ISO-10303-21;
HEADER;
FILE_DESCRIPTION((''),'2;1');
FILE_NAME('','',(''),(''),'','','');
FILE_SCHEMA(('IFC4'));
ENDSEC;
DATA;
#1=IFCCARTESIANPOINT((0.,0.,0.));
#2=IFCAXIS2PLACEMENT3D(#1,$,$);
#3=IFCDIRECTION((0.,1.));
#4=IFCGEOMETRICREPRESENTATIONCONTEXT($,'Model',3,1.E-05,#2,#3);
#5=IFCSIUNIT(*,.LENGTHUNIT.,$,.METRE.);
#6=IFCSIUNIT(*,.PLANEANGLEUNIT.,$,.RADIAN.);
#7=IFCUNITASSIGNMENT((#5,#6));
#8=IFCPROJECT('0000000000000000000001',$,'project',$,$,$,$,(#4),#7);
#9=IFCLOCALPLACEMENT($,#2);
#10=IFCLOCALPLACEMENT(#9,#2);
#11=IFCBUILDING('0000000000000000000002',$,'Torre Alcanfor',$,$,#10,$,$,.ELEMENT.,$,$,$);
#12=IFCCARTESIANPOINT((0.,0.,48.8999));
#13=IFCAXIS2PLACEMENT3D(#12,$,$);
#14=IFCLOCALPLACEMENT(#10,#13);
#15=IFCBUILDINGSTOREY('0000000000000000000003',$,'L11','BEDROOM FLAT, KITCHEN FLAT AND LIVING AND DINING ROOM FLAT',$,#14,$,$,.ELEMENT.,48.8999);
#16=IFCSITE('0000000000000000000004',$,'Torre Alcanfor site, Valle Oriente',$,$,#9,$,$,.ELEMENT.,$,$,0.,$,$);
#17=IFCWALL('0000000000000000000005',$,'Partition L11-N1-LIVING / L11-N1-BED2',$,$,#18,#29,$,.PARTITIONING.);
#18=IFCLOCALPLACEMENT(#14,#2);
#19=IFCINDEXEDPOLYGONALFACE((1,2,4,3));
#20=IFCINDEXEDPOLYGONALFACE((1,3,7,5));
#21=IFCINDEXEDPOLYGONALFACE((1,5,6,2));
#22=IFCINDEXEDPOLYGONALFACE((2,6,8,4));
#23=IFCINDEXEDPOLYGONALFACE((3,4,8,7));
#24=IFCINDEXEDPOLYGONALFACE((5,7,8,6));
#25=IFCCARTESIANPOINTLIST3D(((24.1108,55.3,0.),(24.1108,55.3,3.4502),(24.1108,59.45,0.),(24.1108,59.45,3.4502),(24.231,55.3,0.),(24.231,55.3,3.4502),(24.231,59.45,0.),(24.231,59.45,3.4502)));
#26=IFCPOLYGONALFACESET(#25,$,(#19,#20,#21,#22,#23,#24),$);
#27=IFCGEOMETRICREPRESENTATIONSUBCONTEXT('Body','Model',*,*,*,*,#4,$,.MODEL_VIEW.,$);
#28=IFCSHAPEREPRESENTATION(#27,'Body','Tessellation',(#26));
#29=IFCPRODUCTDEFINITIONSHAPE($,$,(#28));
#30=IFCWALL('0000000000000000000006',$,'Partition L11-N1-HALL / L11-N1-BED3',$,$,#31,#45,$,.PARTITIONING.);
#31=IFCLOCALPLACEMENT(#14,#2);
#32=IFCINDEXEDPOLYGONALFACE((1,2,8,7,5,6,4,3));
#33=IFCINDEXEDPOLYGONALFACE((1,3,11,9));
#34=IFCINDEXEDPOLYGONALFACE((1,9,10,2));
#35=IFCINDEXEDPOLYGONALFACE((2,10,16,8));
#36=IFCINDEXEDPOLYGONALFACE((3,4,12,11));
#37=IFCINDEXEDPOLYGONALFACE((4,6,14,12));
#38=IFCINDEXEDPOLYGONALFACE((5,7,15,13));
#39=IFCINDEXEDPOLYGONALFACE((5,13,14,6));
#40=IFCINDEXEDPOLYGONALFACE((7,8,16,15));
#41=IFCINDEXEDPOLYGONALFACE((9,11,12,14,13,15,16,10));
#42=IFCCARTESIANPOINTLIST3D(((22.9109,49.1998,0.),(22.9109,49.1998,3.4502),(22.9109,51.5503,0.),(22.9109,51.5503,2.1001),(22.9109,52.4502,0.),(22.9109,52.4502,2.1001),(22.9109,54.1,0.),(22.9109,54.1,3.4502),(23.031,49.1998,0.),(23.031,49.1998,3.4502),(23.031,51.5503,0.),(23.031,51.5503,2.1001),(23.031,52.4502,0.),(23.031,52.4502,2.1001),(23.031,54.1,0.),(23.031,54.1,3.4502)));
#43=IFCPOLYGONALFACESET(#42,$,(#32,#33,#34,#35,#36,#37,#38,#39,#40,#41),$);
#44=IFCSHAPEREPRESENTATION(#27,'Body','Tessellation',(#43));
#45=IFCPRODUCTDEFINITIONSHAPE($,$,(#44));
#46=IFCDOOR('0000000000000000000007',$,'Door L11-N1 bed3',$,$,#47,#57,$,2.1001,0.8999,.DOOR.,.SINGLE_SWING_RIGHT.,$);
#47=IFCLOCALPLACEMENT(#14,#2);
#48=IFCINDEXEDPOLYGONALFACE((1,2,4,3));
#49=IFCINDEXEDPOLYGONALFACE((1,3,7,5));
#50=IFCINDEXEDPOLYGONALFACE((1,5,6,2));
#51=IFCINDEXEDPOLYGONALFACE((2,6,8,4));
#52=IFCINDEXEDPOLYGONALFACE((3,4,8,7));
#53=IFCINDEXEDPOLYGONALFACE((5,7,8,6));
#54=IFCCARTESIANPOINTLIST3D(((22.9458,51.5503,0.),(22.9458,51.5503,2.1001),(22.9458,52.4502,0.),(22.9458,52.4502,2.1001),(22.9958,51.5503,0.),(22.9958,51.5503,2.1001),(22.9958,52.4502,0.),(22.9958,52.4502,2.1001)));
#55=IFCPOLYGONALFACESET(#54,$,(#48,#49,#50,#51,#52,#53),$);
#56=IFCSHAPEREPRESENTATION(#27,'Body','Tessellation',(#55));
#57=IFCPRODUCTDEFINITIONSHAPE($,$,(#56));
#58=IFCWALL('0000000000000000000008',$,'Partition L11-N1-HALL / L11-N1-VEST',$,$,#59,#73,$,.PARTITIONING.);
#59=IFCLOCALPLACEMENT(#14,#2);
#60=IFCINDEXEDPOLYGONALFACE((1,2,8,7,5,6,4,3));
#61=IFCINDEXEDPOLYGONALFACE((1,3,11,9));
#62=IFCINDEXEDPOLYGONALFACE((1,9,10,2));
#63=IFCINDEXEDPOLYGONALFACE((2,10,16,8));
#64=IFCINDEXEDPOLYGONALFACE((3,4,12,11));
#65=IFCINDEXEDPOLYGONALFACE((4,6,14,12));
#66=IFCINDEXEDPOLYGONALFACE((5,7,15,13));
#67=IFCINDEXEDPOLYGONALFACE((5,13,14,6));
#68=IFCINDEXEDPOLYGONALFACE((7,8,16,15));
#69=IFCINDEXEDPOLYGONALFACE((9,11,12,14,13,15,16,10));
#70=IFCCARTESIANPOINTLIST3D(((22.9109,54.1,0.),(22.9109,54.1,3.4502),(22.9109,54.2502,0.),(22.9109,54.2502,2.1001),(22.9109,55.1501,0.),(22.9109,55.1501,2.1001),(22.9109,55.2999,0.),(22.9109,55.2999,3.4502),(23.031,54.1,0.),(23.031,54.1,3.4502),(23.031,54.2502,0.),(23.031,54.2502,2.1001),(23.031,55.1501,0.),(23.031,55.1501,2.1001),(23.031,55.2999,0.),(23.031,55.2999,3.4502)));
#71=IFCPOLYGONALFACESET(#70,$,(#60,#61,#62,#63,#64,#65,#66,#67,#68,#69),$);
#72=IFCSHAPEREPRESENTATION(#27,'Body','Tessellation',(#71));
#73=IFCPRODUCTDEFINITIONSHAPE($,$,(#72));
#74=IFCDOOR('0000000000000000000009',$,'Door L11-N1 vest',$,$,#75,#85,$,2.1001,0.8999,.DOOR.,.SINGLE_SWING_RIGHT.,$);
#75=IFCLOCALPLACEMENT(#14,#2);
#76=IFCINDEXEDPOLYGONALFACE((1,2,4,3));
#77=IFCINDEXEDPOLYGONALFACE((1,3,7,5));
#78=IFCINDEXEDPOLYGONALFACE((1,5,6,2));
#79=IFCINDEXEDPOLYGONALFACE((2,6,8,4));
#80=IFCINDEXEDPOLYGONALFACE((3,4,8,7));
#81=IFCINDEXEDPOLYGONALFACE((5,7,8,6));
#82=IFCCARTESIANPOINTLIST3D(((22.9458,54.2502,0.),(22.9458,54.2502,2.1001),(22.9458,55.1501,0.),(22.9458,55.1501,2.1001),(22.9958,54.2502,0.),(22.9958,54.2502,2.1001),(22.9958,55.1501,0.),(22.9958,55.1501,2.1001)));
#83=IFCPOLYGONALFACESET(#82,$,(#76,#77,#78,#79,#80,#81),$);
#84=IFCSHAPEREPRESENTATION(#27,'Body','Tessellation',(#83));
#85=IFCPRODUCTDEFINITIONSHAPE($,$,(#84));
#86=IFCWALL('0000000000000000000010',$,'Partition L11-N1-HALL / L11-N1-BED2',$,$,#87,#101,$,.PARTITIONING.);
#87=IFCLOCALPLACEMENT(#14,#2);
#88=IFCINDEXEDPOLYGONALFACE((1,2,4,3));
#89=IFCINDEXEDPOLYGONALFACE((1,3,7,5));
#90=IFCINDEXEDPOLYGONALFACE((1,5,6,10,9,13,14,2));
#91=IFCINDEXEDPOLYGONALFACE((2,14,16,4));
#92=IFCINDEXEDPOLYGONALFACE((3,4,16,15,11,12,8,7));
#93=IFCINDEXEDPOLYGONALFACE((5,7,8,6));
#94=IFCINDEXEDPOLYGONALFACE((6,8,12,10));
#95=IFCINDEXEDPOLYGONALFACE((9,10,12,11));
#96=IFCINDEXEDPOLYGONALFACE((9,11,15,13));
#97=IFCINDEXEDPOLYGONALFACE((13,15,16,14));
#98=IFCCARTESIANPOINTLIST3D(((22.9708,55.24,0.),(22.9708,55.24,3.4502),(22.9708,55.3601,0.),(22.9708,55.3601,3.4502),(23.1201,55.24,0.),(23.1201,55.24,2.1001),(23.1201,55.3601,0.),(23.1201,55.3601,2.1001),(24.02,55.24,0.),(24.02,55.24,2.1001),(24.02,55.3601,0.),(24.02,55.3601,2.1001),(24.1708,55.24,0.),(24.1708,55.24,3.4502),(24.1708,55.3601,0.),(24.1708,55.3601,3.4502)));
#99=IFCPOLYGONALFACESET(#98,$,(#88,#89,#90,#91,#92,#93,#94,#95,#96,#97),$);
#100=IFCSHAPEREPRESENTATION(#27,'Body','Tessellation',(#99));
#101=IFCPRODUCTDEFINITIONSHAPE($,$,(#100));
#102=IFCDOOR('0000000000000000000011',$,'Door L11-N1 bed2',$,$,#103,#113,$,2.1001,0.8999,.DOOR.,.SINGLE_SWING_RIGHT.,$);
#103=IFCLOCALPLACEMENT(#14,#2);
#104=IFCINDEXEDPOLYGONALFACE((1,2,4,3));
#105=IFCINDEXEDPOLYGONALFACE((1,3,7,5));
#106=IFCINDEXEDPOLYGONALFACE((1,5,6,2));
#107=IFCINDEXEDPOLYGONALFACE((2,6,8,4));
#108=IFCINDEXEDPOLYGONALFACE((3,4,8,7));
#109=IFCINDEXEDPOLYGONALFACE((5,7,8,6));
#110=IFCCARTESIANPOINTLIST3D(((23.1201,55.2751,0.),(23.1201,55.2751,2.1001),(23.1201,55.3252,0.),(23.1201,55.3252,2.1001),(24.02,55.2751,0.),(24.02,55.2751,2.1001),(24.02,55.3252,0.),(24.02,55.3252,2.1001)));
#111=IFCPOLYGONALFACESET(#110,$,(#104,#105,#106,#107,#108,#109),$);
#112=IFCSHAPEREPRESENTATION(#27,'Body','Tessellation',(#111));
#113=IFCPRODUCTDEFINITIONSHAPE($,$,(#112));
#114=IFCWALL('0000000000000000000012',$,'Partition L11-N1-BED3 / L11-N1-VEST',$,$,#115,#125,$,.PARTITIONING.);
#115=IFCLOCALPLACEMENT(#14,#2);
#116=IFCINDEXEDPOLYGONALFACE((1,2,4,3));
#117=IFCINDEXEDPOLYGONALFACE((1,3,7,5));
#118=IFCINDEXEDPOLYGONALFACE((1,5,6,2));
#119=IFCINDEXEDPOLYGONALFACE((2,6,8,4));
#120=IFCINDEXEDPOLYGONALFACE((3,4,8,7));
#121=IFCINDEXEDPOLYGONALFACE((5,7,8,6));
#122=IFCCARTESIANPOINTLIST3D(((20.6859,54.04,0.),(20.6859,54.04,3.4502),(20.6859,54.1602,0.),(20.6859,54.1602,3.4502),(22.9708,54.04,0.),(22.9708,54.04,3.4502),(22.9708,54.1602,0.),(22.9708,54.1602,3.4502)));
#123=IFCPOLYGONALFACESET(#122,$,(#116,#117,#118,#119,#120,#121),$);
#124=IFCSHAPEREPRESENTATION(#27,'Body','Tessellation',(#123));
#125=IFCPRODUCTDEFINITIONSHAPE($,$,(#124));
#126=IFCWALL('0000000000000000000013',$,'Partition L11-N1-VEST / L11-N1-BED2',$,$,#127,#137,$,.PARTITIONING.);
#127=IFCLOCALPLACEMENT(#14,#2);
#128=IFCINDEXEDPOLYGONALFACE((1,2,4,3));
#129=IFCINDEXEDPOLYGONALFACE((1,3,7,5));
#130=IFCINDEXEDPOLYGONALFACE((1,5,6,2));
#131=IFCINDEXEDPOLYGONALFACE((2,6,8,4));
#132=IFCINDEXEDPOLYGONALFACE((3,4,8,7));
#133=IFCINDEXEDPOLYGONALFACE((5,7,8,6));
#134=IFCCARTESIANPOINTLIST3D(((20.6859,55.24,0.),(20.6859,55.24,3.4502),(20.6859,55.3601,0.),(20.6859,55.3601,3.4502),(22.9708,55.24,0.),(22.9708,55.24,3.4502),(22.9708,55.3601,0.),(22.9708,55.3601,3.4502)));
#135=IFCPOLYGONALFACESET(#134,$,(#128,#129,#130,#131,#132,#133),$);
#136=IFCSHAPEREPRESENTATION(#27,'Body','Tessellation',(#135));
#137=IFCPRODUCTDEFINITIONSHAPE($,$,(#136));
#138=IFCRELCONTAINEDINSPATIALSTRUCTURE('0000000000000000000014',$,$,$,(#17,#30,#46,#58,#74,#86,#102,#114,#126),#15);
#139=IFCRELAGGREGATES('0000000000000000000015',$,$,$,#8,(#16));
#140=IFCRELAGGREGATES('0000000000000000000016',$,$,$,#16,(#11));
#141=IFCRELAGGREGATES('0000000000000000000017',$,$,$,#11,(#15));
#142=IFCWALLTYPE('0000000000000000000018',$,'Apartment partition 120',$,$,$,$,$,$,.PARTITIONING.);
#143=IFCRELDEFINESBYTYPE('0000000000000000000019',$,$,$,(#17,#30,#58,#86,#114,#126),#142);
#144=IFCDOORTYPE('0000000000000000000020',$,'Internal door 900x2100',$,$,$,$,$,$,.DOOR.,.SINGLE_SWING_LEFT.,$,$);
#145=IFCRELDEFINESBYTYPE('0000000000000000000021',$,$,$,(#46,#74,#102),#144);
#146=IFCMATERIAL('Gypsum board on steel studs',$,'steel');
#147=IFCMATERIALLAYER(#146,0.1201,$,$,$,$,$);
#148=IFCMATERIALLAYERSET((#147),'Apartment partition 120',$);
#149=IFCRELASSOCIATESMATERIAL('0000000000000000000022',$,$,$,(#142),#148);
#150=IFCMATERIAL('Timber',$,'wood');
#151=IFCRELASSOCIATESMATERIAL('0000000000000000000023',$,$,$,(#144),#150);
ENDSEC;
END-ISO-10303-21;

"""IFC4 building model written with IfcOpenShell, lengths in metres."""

from ifc_helpers import new_model, si_unit, direction, frame, frame_2d, origin, place, context, subcontext, project, spatial, rectangle, extrude, material, layer, layer_set, type_object, element, fill, save


model = new_model("IFC4")

# Units and contexts
model_context = context("Model", 3, precision=1e-05, world=origin(), true_north=direction((0.0, 1.0)))
body_context = subcontext(model_context, "Body", "Model", "MODEL_VIEW")
ifc_project = project(units=[si_unit("LENGTHUNIT", "METRE"), si_unit("PLANEANGLEUNIT", "RADIAN")], contexts=[model_context])

# Site, building, storey
site_placement = place(None, origin())
site = spatial("IfcSite", under=ifc_project, at=site_placement, Name="Torre Alcanfor site, Valle Oriente", CompositionType="ELEMENT", RefElevation=0.0)
building_placement = place(site_placement, origin())
building = spatial("IfcBuilding", under=site, at=building_placement, Name="Torre Alcanfor", CompositionType="ELEMENT")
storey_placement = place(building_placement, frame((0.0, 0.0, 48.8999)))
storey = spatial("IfcBuildingStorey", under=building, at=storey_placement, Name="L11", Description="BEDROOM FLAT, KITCHEN FLAT AND LIVING AND DINING ROOM FLAT", CompositionType="ELEMENT", Elevation=48.8999)

# Shared definitions
ifc_material_1 = material(Name="Gypsum board on steel studs", Category="steel")
ifc_layer_1 = layer(ifc_material_1, 0.1201)
ifc_layer_set_1 = layer_set([ifc_layer_1], Name="Apartment partition 120")
wall_type = type_object("IfcWallType", Name="Apartment partition 120", PredefinedType="PARTITIONING", material=ifc_layer_set_1)
ifc_material_2 = material(Name="Timber", Category="wood")
door_type = type_object("IfcDoorType", Name="Internal door 900x2100", OperationType="SINGLE_SWING_LEFT", PredefinedType="DOOR", material=ifc_material_2)

# Wall
wall_1_placement = place(storey_placement, frame((24.1709, 59.45, 0.0), z_axis=(0.0, 0.0, 1.0), x_axis=(0.0, -1.0, 0.0)))
element("IfcWall", 1, at=wall_1_placement, inside=storey, type_object=wall_type, Name="Partition L11-N1-LIVING / L11-N1-BED2", PredefinedType="PARTITIONING", context=body_context, shape_type="SweptSolid", body=[
    extrude(rectangle(XDim=4.1499, YDim=0.1201, at=frame_2d((2.075, 0.0))), origin(), (0.0, 0.0, 1.0), 3.4502),
])

# Walls, openings, doors
wall_2_placement = place(storey_placement, frame((22.9709, 54.1001, 0.0), z_axis=(0.0, 0.0, 1.0), x_axis=(0.0, -1.0, 0.0)))
wall_2 = element("IfcWall", 2, at=wall_2_placement, inside=storey, type_object=wall_type, Name="Partition L11-N1-HALL / L11-N1-BED3", PredefinedType="PARTITIONING", context=body_context, shape_type="SweptSolid", body=[
    extrude(rectangle(XDim=4.9001, YDim=0.1201, at=frame_2d((2.4502, 0.0))), origin(), (0.0, 0.0, 1.0), 3.4502),
])
opening_1_placement = place(wall_2_placement, frame((1.6499, 0.0, 0.0)))
opening_1 = element("IfcOpeningElement", 3, at=opening_1_placement, cuts=wall_2, PredefinedType="OPENING", context=body_context, shape_type="SweptSolid", body=[
    extrude(rectangle(XDim=0.8999, YDim=2.1001, at=frame_2d((0.45, 1.05))), frame((0.0, 0.0701, 0.0), z_axis=(0.0, -1.0, 0.0), x_axis=(1.0, 0.0, 0.0)), (0.0, 0.0, 1.0), 0.1401),
])
door_1_placement = place(opening_1_placement, frame((0.8999, 0.0, 0.0), z_axis=(0.0, 0.0, 1.0), x_axis=(-1.0, 0.0, 0.0)))
door_1 = element("IfcDoor", 4, at=door_1_placement, inside=storey, type_object=door_type, Name="Door L11-N1 bed3", OperationType="SINGLE_SWING_RIGHT", OverallHeight=2.1001, OverallWidth=0.8999, PredefinedType="DOOR", context=body_context, shape_type="SweptSolid", body=[
    extrude(rectangle(XDim=0.8999, YDim=2.1001, at=frame_2d((0.45, 1.05))), frame((0.0, 0.0251, 0.0), z_axis=(0.0, -1.0, 0.0), x_axis=(1.0, 0.0, 0.0)), (0.0, 0.0, 1.0), 0.05),
])
fill(opening_1, door_1)
wall_3_placement = place(storey_placement, frame((22.9709, 55.3, 0.0), z_axis=(0.0, 0.0, 1.0), x_axis=(0.0, -1.0, 0.0)))
wall_3 = element("IfcWall", 5, at=wall_3_placement, inside=storey, type_object=wall_type, Name="Partition L11-N1-HALL / L11-N1-VEST", PredefinedType="PARTITIONING", context=body_context, shape_type="SweptSolid", body=[
    extrude(rectangle(XDim=1.2, YDim=0.1201, at=frame_2d((0.6001, 0.0))), origin(), (0.0, 0.0, 1.0), 3.4502),
])
opening_2_placement = place(wall_3_placement, frame((0.1499, 0.0, 0.0)))
opening_2 = element("IfcOpeningElement", 6, at=opening_2_placement, cuts=wall_3, PredefinedType="OPENING", context=body_context, shape_type="SweptSolid", body=[
    extrude(rectangle(XDim=0.8999, YDim=2.1001, at=frame_2d((0.45, 1.05))), frame((0.0, 0.0701, 0.0), z_axis=(0.0, -1.0, 0.0), x_axis=(1.0, 0.0, 0.0)), (0.0, 0.0, 1.0), 0.1401),
])
door_2_placement = place(opening_2_placement, frame((0.8999, 0.0, 0.0), z_axis=(0.0, 0.0, 1.0), x_axis=(-1.0, 0.0, 0.0)))
door_2 = element("IfcDoor", 7, at=door_2_placement, inside=storey, type_object=door_type, Name="Door L11-N1 vest", OperationType="SINGLE_SWING_RIGHT", OverallHeight=2.1001, OverallWidth=0.8999, PredefinedType="DOOR", context=body_context, shape_type="SweptSolid", body=[
    extrude(rectangle(XDim=0.8999, YDim=2.1001, at=frame_2d((0.45, 1.05))), frame((0.0, 0.0251, 0.0), z_axis=(0.0, -1.0, 0.0), x_axis=(1.0, 0.0, 0.0)), (0.0, 0.0, 1.0), 0.05),
])
fill(opening_2, door_2)
wall_4_placement = place(storey_placement, frame((24.1709, 55.3, 0.0), z_axis=(0.0, 0.0, 1.0), x_axis=(-1.0, 0.0, 0.0)))
wall_4 = element("IfcWall", 8, at=wall_4_placement, inside=storey, type_object=wall_type, Name="Partition L11-N1-HALL / L11-N1-BED2", PredefinedType="PARTITIONING", context=body_context, shape_type="SweptSolid", body=[
    extrude(rectangle(XDim=1.2, YDim=0.1201, at=frame_2d((0.6001, 0.0))), origin(), (0.0, 0.0, 1.0), 3.4502),
])
opening_3_placement = place(wall_4_placement, frame((0.1509, 0.0, 0.0)))
opening_3 = element("IfcOpeningElement", 9, at=opening_3_placement, cuts=wall_4, PredefinedType="OPENING", context=body_context, shape_type="SweptSolid", body=[
    extrude(rectangle(XDim=0.8999, YDim=2.1001, at=frame_2d((0.45, 1.05))), frame((0.0, 0.0701, 0.0), z_axis=(0.0, -1.0, 0.0), x_axis=(1.0, 0.0, 0.0)), (0.0, 0.0, 1.0), 0.1401),
])
door_3_placement = place(opening_3_placement, frame((0.8999, 0.0, 0.0), z_axis=(0.0, 0.0, 1.0), x_axis=(-1.0, 0.0, 0.0)))
door_3 = element("IfcDoor", 10, at=door_3_placement, inside=storey, type_object=door_type, Name="Door L11-N1 bed2", OperationType="SINGLE_SWING_RIGHT", OverallHeight=2.1001, OverallWidth=0.8999, PredefinedType="DOOR", context=body_context, shape_type="SweptSolid", body=[
    extrude(rectangle(XDim=0.8999, YDim=2.1001, at=frame_2d((0.45, 1.05))), frame((0.0, 0.0251, 0.0), z_axis=(0.0, -1.0, 0.0), x_axis=(1.0, 0.0, 0.0)), (0.0, 0.0, 1.0), 0.05),
])
fill(opening_3, door_3)

# Walls
for number, where, z_axis, x_axis, name in (
    (11, (22.9709, 54.1001, 0.0), (0.0, 0.0, 1.0), (-1.0, 0.0, 0.0), "Partition L11-N1-BED3 / L11-N1-VEST"),
    (12, (22.9709, 55.3, 0.0), (0.0, 0.0, 1.0), (-1.0, 0.0, 0.0), "Partition L11-N1-VEST / L11-N1-BED2"),
):
    element("IfcWall", number, at=place(storey_placement, frame(where, z_axis=z_axis, x_axis=x_axis)), inside=storey, type_object=wall_type, Name=name, PredefinedType="PARTITIONING", context=body_context, shape_type="SweptSolid", body=[
        extrude(rectangle(XDim=2.2849, YDim=0.1201, at=frame_2d((1.1426, 0.0))), origin(), (0.0, 0.0, 1.0), 3.4502),
    ])

save(model, "model.ifc")
